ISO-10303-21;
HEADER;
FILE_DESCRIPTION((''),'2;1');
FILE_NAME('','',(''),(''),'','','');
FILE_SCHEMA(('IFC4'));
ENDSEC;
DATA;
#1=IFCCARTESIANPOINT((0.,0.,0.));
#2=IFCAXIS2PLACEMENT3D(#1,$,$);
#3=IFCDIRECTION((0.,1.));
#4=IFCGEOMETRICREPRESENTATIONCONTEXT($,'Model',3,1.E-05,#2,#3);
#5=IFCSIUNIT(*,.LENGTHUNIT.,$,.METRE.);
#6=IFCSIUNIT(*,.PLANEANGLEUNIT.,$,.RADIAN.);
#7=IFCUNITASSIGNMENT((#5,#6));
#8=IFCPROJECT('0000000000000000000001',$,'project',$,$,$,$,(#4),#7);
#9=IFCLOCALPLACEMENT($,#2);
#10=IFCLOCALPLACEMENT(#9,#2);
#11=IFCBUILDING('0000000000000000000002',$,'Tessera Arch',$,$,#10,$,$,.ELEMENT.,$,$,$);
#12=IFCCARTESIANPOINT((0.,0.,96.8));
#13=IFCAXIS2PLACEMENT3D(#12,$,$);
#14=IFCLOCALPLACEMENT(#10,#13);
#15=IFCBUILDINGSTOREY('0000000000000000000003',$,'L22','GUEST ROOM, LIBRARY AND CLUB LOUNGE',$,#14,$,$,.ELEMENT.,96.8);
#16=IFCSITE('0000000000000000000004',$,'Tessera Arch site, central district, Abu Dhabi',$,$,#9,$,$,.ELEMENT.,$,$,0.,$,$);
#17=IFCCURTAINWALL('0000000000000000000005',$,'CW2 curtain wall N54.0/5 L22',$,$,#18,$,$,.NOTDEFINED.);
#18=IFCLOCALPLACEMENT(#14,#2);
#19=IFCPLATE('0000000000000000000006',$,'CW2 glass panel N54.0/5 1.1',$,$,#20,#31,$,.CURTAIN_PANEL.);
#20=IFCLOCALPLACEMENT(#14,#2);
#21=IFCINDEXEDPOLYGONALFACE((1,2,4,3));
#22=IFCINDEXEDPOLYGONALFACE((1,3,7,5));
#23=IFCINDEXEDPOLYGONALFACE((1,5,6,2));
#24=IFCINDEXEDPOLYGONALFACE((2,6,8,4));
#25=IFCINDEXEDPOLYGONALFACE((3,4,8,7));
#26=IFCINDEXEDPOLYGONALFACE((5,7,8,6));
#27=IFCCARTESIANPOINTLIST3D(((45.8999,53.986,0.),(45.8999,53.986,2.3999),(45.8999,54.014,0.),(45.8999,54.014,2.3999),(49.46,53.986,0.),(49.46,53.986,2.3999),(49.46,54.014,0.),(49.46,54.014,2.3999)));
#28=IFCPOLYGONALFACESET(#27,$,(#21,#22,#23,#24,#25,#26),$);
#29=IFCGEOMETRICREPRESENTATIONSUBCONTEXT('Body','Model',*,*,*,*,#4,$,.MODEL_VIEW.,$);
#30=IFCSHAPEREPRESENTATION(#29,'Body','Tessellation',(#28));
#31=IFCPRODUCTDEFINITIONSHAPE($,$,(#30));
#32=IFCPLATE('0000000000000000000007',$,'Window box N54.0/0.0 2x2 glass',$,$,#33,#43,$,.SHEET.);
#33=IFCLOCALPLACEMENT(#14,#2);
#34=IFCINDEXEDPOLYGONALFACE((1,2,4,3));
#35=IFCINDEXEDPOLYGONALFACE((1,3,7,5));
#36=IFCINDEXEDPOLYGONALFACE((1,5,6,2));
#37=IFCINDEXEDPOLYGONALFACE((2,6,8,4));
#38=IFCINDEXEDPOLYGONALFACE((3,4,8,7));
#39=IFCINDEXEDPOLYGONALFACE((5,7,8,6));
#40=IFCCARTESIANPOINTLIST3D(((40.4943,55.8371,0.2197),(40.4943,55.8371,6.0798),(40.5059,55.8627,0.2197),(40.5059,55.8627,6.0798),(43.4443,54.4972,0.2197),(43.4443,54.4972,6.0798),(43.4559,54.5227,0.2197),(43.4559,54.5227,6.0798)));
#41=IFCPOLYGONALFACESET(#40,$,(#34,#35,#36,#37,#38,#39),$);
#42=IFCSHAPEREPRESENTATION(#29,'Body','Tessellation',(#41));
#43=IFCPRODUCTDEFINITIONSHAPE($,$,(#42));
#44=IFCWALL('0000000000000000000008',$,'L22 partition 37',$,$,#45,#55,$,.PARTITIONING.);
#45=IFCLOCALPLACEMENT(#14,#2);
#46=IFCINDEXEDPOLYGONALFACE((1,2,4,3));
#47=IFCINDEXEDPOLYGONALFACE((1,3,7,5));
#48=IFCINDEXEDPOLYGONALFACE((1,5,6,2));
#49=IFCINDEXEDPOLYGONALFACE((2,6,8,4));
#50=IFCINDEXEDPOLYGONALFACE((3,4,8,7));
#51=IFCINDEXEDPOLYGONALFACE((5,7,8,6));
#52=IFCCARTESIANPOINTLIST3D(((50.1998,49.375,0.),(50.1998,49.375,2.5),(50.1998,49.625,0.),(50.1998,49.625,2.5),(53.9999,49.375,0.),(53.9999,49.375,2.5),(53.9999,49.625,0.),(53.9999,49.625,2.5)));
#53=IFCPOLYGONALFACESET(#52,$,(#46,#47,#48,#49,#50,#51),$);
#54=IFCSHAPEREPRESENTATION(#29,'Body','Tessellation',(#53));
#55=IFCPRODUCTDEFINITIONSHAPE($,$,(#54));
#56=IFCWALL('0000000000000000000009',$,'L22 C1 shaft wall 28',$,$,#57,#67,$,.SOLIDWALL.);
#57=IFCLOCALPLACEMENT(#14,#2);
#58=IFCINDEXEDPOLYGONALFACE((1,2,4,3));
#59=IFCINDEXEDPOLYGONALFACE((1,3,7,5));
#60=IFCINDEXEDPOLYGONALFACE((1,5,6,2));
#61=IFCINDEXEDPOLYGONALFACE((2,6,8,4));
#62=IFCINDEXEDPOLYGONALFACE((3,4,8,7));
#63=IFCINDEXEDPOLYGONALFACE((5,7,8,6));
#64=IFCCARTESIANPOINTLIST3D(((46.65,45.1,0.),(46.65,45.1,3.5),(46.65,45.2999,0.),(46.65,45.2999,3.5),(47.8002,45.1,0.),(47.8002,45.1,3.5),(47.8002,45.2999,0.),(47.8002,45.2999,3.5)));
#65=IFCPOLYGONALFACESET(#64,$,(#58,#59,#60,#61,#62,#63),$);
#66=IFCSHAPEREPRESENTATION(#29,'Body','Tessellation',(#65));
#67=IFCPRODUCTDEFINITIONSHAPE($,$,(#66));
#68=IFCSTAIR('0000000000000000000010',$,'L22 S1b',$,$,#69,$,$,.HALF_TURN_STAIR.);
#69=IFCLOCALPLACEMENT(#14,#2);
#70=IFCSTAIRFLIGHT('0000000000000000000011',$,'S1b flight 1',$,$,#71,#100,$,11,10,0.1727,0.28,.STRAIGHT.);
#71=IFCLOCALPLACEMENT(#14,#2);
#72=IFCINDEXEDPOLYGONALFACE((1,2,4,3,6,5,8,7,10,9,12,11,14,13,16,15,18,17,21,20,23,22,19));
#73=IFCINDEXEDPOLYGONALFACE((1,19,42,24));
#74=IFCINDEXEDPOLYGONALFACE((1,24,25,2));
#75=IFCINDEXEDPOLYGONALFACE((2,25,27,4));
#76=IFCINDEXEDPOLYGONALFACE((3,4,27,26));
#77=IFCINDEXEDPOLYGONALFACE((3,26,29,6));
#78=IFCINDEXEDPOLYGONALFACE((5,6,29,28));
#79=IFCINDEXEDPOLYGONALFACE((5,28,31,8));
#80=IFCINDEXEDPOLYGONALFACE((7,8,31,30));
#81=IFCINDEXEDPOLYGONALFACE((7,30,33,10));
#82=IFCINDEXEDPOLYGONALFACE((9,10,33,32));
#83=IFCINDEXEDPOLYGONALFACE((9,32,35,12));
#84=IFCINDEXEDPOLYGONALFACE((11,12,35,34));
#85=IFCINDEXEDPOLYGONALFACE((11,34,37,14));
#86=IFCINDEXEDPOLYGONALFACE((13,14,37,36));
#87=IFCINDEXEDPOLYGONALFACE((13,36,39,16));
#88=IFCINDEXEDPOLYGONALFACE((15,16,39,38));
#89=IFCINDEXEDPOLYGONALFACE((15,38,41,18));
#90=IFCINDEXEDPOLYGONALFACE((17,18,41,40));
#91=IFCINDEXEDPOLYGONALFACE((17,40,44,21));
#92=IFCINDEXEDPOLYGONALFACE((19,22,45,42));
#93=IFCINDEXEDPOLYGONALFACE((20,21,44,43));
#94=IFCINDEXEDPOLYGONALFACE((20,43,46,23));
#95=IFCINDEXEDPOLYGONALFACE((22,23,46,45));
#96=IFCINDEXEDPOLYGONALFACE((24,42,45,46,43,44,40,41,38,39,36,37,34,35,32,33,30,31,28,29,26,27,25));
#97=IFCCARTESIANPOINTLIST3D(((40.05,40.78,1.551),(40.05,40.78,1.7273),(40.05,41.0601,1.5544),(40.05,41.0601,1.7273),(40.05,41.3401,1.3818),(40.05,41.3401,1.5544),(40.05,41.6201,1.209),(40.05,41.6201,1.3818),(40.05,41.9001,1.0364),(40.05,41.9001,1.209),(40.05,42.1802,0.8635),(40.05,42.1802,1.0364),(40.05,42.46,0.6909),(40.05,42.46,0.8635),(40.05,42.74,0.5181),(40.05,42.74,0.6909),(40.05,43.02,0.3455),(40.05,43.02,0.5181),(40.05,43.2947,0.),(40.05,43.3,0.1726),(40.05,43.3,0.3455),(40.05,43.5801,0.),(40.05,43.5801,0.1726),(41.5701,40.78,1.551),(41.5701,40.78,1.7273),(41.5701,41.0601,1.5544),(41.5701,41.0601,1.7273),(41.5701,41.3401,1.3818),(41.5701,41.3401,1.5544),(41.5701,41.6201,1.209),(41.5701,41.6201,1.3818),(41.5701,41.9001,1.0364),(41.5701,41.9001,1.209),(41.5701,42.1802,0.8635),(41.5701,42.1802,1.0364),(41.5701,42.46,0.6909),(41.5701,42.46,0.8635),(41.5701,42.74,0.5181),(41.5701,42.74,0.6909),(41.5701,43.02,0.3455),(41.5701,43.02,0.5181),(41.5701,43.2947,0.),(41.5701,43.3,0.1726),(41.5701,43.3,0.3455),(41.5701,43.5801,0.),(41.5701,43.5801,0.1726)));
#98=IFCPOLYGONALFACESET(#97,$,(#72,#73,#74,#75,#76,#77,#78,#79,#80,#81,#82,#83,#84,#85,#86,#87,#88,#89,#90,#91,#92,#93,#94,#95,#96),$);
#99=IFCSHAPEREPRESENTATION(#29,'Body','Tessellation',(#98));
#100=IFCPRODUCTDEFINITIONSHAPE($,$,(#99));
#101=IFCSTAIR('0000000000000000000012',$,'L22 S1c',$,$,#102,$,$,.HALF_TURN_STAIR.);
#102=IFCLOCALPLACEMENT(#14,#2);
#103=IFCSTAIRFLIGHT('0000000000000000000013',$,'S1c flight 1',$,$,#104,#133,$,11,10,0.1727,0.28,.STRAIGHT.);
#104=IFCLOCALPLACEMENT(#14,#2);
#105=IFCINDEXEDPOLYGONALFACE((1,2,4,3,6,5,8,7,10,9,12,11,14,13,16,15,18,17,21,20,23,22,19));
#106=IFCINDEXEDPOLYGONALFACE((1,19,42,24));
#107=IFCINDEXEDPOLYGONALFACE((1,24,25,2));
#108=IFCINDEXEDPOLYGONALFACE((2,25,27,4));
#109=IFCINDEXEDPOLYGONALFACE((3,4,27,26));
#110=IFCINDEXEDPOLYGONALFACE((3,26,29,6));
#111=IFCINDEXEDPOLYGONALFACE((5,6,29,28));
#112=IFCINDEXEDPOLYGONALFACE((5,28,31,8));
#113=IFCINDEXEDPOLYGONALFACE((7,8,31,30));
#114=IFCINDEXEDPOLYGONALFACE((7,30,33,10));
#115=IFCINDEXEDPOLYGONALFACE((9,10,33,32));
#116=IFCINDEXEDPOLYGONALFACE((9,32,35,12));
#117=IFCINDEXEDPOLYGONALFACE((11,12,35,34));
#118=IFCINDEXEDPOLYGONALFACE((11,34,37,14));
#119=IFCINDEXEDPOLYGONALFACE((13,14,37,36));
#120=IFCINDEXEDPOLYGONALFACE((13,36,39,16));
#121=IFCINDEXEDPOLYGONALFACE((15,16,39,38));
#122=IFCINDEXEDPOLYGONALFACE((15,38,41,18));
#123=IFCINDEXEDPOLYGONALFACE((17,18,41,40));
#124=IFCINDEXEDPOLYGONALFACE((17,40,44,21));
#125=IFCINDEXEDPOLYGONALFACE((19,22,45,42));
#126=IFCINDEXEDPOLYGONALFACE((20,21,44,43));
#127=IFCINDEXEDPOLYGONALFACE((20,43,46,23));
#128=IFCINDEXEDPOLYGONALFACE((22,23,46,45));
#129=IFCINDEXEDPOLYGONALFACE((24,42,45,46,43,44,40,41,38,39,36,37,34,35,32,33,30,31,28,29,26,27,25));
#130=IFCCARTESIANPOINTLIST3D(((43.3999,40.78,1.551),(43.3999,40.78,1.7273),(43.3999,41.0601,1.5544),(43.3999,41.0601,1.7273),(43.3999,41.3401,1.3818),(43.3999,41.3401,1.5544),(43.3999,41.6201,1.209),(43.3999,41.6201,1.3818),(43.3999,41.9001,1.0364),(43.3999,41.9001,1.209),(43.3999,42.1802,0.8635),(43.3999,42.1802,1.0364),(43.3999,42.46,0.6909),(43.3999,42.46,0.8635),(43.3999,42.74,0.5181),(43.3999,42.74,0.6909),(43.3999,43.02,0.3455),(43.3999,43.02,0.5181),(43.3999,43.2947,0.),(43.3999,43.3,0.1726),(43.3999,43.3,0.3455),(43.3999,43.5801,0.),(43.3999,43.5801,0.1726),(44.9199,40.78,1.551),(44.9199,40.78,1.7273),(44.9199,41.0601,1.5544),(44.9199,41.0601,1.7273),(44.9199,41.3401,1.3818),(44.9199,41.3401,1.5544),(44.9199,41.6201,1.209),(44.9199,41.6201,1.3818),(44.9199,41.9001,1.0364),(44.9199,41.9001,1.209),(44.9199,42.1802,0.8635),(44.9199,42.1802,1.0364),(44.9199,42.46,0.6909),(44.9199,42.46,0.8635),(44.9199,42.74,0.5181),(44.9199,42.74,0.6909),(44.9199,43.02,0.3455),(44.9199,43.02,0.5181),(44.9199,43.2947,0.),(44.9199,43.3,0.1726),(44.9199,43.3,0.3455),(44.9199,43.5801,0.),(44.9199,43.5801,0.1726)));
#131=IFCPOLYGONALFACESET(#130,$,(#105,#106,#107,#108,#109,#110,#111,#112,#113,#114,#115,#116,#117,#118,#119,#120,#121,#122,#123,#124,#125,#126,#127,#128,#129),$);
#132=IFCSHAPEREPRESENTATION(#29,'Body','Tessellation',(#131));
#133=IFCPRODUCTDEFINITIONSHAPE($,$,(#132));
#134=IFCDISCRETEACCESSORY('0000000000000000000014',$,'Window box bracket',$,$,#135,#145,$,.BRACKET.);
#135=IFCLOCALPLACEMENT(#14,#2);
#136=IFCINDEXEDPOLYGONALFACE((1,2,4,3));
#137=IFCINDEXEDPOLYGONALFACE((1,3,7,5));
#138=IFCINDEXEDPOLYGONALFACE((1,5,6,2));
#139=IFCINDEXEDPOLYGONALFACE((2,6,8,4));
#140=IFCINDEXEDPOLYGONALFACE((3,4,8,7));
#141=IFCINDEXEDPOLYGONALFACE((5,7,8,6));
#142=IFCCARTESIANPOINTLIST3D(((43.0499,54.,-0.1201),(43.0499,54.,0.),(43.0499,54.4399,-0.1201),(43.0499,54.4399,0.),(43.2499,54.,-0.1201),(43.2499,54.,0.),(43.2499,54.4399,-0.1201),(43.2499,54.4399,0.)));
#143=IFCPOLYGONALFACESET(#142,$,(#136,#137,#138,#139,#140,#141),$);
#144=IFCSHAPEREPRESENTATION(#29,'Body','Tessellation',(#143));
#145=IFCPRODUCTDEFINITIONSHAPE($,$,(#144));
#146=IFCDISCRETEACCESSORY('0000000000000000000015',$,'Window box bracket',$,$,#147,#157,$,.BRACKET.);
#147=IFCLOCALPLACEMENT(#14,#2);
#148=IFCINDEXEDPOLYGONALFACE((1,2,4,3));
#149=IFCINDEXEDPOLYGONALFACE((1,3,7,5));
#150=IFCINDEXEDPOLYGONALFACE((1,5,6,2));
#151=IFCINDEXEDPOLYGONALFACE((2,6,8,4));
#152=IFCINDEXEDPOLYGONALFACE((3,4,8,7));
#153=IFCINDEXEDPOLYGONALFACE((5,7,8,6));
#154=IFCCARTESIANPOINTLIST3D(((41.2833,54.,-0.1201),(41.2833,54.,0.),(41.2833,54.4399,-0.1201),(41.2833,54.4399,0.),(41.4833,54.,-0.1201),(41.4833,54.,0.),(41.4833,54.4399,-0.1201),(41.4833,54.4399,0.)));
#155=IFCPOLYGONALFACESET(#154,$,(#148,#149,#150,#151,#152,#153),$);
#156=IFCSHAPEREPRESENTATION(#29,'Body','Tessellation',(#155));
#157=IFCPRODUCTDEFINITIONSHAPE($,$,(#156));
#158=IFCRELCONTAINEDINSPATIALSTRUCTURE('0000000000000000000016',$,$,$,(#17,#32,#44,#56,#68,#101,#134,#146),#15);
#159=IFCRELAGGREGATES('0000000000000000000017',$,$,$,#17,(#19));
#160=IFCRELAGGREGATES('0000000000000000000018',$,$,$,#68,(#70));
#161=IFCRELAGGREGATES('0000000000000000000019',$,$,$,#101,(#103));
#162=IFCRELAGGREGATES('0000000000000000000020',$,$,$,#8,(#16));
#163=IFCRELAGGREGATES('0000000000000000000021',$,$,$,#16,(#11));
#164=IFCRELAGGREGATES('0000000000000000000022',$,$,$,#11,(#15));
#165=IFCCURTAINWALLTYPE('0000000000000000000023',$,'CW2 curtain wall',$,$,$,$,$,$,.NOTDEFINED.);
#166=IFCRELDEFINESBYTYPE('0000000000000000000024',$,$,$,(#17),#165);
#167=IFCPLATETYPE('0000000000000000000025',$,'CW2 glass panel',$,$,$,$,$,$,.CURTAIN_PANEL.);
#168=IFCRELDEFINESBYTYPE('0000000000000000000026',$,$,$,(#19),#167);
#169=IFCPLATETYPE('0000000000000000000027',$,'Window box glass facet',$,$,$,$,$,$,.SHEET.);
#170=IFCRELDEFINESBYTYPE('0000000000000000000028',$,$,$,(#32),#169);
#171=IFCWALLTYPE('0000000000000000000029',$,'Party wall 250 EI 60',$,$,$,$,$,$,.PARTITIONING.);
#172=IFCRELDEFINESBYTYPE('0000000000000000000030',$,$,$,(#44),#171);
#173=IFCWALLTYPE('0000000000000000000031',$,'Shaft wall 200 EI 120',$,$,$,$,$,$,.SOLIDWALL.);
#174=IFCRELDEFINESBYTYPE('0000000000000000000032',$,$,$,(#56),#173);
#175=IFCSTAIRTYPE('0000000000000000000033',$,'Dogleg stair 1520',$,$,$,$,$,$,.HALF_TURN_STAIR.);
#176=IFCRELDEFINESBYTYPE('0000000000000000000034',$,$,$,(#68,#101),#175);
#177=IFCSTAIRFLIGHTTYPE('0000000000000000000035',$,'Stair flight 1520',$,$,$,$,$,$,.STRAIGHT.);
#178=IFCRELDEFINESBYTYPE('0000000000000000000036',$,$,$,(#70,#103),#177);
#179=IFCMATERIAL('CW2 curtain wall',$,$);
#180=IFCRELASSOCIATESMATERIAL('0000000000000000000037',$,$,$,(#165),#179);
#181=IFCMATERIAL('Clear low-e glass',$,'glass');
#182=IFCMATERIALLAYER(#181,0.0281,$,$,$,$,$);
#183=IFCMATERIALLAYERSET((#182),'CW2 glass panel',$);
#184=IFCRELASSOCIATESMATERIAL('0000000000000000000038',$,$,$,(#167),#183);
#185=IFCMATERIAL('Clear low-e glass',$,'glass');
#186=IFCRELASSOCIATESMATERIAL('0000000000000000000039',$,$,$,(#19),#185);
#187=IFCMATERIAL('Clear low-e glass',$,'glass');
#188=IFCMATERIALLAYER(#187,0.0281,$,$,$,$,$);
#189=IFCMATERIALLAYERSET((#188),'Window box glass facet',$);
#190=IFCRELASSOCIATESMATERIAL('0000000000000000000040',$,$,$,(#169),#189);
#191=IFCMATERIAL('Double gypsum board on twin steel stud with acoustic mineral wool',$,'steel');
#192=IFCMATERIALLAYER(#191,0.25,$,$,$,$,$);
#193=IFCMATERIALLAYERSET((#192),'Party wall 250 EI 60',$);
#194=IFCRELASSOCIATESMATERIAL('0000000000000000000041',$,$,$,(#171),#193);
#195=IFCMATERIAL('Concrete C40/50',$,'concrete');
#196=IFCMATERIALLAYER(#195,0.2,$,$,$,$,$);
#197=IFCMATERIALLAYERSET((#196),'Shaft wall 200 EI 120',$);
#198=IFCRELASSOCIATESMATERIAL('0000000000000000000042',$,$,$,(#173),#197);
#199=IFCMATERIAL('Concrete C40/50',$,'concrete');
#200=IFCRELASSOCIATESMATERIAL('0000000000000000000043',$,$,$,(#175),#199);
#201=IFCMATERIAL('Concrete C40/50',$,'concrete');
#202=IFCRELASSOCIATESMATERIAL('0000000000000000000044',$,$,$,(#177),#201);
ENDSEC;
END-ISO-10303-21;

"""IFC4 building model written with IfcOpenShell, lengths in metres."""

from ifc_helpers import new_model, si_unit, direction, frame, frame_2d, origin, origin_2d, place, context, subcontext, project, spatial, polyline, rectangle, outline, extrude, material, layer, layer_set, type_object, element, aggregate, save


model = new_model("IFC4")

# Units and contexts
model_context = context("Model", 3, precision=1e-05, world=origin(), true_north=direction((0.0, 1.0)))
body_context = subcontext(model_context, "Body", "Model", "MODEL_VIEW")
ifc_project = project(units=[si_unit("LENGTHUNIT", "METRE"), si_unit("PLANEANGLEUNIT", "RADIAN")], contexts=[model_context])

# Site, building, storey
site_placement = place(None, origin())
site = spatial("IfcSite", under=ifc_project, at=site_placement, Name="Tessera Arch site, central district, Abu Dhabi", CompositionType="ELEMENT", RefElevation=0.0)
building_placement = place(site_placement, origin())
building = spatial("IfcBuilding", under=site, at=building_placement, Name="Tessera Arch", CompositionType="ELEMENT")
storey_placement = place(building_placement, frame((0.0, 0.0, 96.8)))
storey = spatial("IfcBuildingStorey", under=building, at=storey_placement, Name="L22", Description="GUEST ROOM, LIBRARY AND CLUB LOUNGE", CompositionType="ELEMENT", Elevation=96.8)

# Curtain wall
ifc_material_1 = material(Name="CW2 curtain wall")
curtain_wall_type_1 = type_object("IfcCurtainWallType", Name="CW2 curtain wall", PredefinedType="NOTDEFINED", material=ifc_material_1)
curtain_wall_1_placement = place(storey_placement, origin())
curtain_wall_1 = element("IfcCurtainWall", 1, at=curtain_wall_1_placement, inside=storey, type_object=curtain_wall_type_1, Name="CW2 curtain wall N54.0/5 L22", PredefinedType="NOTDEFINED")

# Shared definitions
ifc_material_2 = material(Name="Clear low-e glass", Category="glass")

# Plates
ifc_material_3 = material(Name="Clear low-e glass", Category="glass")
ifc_layer_1 = layer(ifc_material_3, 0.0281)
ifc_layer_set_1 = layer_set([ifc_layer_1], Name="CW2 glass panel")
plate_type_1 = type_object("IfcPlateType", Name="CW2 glass panel", PredefinedType="CURTAIN_PANEL", material=ifc_layer_set_1)
plate_1_placement = place(storey_placement, frame((47.6799, 54.0, 0.0), z_axis=(0.0, 0.0, 1.0), x_axis=(-1.0, 0.0, 0.0)))
plate_1 = element("IfcPlate", 2, at=plate_1_placement, type_object=plate_type_1, material=ifc_material_2, Name="CW2 glass panel N54.0/5 1.1", PredefinedType="CURTAIN_PANEL", context=body_context, shape_type="SweptSolid", body=[
    extrude(rectangle(XDim=3.5601, YDim=0.0281, at=origin_2d()), origin(), (0.0, 0.0, 1.0), 2.3999),
])
aggregate(curtain_wall_1, [plate_1])
ifc_material_4 = material(Name="Clear low-e glass", Category="glass")
ifc_layer_2 = layer(ifc_material_4, 0.0281)
ifc_layer_set_2 = layer_set([ifc_layer_2], Name="Window box glass facet")
plate_type_2 = type_object("IfcPlateType", Name="Window box glass facet", PredefinedType="SHEET", material=ifc_layer_set_2)
plate_2_placement = place(storey_placement, frame((41.9751, 55.1799, 0.2197), z_axis=(0.0, 0.0, 1.0), x_axis=(-0.910472, 0.41357, 0.0)))
element("IfcPlate", 3, at=plate_2_placement, inside=storey, type_object=plate_type_2, Name="Window box N54.0/0.0 2x2 glass", PredefinedType="SHEET", context=body_context, shape_type="SweptSolid", body=[
    extrude(rectangle(XDim=3.24, YDim=0.0281, at=origin_2d()), origin(), (0.0, 0.0, 1.0), 5.8601),
])

# Walls
ifc_material_5 = material(Name="Double gypsum board on twin steel stud with acoustic mineral wool", Category="steel")
ifc_layer_3 = layer(ifc_material_5, 0.25)
ifc_layer_set_3 = layer_set([ifc_layer_3], Name="Party wall 250 EI 60")
wall_type_1 = type_object("IfcWallType", Name="Party wall 250 EI 60", PredefinedType="PARTITIONING", material=ifc_layer_set_3)
wall_1_placement = place(storey_placement, frame((50.2, 49.5, 0.0), z_axis=(0.0, 0.0, 1.0), x_axis=(1.0, 0.0, 0.0)))
element("IfcWall", 4, at=wall_1_placement, inside=storey, type_object=wall_type_1, Name="L22 partition 37", PredefinedType="PARTITIONING", context=body_context, shape_type="SweptSolid", body=[
    extrude(rectangle(XDim=3.8, YDim=0.25, at=frame_2d((1.8999, 0.0))), origin(), (0.0, 0.0, 1.0), 2.5),
])
ifc_material_6 = material(Name="Concrete C40/50", Category="concrete")
ifc_layer_4 = layer(ifc_material_6, 0.2)
ifc_layer_set_4 = layer_set([ifc_layer_4], Name="Shaft wall 200 EI 120")
wall_type_2 = type_object("IfcWallType", Name="Shaft wall 200 EI 120", PredefinedType="SOLIDWALL", material=ifc_layer_set_4)
wall_2_placement = place(storey_placement, frame((46.6499, 45.2, 0.0), z_axis=(0.0, 0.0, 1.0), x_axis=(1.0, 0.0, 0.0)))
element("IfcWall", 5, at=wall_2_placement, inside=storey, type_object=wall_type_2, Name="L22 C1 shaft wall 28", PredefinedType="SOLIDWALL", context=body_context, shape_type="SweptSolid", body=[
    extrude(rectangle(XDim=1.1501, YDim=0.2, at=frame_2d((0.5752, 0.0))), origin(), (0.0, 0.0, 1.0), 3.5),
])

# Stairs, stair flights
ifc_material_7 = material(Name="Concrete C40/50", Category="concrete")
stair_type = type_object("IfcStairType", Name="Dogleg stair 1520", PredefinedType="HALF_TURN_STAIR", material=ifc_material_7)
stair_1_placement = place(storey_placement, origin())
stair_1 = element("IfcStair", 6, at=stair_1_placement, inside=storey, type_object=stair_type, Name="L22 S1b", PredefinedType="HALF_TURN_STAIR")
ifc_material_8 = material(Name="Concrete C40/50", Category="concrete")
stair_flight_type = type_object("IfcStairFlightType", Name="Stair flight 1520", PredefinedType="STRAIGHT", material=ifc_material_8)
stair_flight_1_placement = place(storey_placement, frame((40.8101, 43.5801, 0.0), z_axis=(0.0, 0.0, 1.0), x_axis=(0.0, -1.0, 0.0)))
stair_flight_1 = element("IfcStairFlight", 7, at=stair_flight_1_placement, type_object=stair_flight_type, Name="S1b flight 1", NumberOfRisers=11, NumberOfTreads=10, PredefinedType="STRAIGHT", RiserHeight=0.1727, TreadLength=0.28, context=body_context, shape_type="SweptSolid", body=[
    extrude(outline(polyline([(0.0, 0.0), (0.0, 0.1726), (0.28, 0.1726), (0.28, 0.3455), (0.5601, 0.3455), (0.5601, 0.5181), (0.8401, 0.5181), (0.8401, 0.6909), (1.1201, 0.6909), (1.1201, 0.8635), (1.3999, 0.8635), (1.3999, 1.0364), (1.6799, 1.0364), (1.6799, 1.209), (1.96, 1.209), (1.96, 1.3818), (2.24, 1.3818), (2.24, 1.5544), (2.52, 1.5544), (2.52, 1.7273), (2.8, 1.7273), (2.8, 1.8999), (2.8, 1.551), (0.2854, 0.0), (0.0, 0.0)])), frame((0.0, 0.76, 0.0), z_axis=(0.0, -1.0, 0.0), x_axis=(1.0, 0.0, 0.0)), (0.0, 0.0, 1.0), 1.52),
])
aggregate(stair_1, [stair_flight_1])
stair_2_placement = place(storey_placement, origin())
stair_2 = element("IfcStair", 8, at=stair_2_placement, inside=storey, type_object=stair_type, Name="L22 S1c", PredefinedType="HALF_TURN_STAIR")
stair_flight_2_placement = place(storey_placement, frame((44.1599, 43.5801, 0.0), z_axis=(0.0, 0.0, 1.0), x_axis=(0.0, -1.0, 0.0)))
stair_flight_2 = element("IfcStairFlight", 9, at=stair_flight_2_placement, type_object=stair_flight_type, Name="S1c flight 1", NumberOfRisers=11, NumberOfTreads=10, PredefinedType="STRAIGHT", RiserHeight=0.1727, TreadLength=0.28, context=body_context, shape_type="SweptSolid", body=[
    extrude(outline(polyline([(0.0, 0.0), (0.0, 0.1726), (0.28, 0.1726), (0.28, 0.3455), (0.5601, 0.3455), (0.5601, 0.5181), (0.8401, 0.5181), (0.8401, 0.6909), (1.1201, 0.6909), (1.1201, 0.8635), (1.3999, 0.8635), (1.3999, 1.0364), (1.6799, 1.0364), (1.6799, 1.209), (1.96, 1.209), (1.96, 1.3818), (2.24, 1.3818), (2.24, 1.5544), (2.52, 1.5544), (2.52, 1.7273), (2.8, 1.7273), (2.8, 1.8999), (2.8, 1.551), (0.2854, 0.0), (0.0, 0.0)])), frame((0.0, 0.76, 0.0), z_axis=(0.0, -1.0, 0.0), x_axis=(1.0, 0.0, 0.0)), (0.0, 0.0, 1.0), 1.52),
])
aggregate(stair_2, [stair_flight_2])

# Discrete accessories
for number, where, z_axis, x_axis, name in (
    (10, (43.1499, 54.22, -0.1201), (0.0, 0.0, 1.0), (0.0, 1.0, 0.0), "Window box bracket"),
    (11, (41.3833, 54.22, -0.1201), (0.0, 0.0, 1.0), (0.0, 1.0, 0.0), "Window box bracket"),
):
    element("IfcDiscreteAccessory", number, at=place(storey_placement, frame(where, z_axis=z_axis, x_axis=x_axis)), inside=storey, Name=name, PredefinedType="BRACKET", context=body_context, shape_type="SweptSolid", body=[
        extrude(rectangle(XDim=0.4399, YDim=0.2, at=origin_2d()), origin(), (0.0, 0.0, 1.0), 0.1201),
    ])

save(model, "model.ifc")
